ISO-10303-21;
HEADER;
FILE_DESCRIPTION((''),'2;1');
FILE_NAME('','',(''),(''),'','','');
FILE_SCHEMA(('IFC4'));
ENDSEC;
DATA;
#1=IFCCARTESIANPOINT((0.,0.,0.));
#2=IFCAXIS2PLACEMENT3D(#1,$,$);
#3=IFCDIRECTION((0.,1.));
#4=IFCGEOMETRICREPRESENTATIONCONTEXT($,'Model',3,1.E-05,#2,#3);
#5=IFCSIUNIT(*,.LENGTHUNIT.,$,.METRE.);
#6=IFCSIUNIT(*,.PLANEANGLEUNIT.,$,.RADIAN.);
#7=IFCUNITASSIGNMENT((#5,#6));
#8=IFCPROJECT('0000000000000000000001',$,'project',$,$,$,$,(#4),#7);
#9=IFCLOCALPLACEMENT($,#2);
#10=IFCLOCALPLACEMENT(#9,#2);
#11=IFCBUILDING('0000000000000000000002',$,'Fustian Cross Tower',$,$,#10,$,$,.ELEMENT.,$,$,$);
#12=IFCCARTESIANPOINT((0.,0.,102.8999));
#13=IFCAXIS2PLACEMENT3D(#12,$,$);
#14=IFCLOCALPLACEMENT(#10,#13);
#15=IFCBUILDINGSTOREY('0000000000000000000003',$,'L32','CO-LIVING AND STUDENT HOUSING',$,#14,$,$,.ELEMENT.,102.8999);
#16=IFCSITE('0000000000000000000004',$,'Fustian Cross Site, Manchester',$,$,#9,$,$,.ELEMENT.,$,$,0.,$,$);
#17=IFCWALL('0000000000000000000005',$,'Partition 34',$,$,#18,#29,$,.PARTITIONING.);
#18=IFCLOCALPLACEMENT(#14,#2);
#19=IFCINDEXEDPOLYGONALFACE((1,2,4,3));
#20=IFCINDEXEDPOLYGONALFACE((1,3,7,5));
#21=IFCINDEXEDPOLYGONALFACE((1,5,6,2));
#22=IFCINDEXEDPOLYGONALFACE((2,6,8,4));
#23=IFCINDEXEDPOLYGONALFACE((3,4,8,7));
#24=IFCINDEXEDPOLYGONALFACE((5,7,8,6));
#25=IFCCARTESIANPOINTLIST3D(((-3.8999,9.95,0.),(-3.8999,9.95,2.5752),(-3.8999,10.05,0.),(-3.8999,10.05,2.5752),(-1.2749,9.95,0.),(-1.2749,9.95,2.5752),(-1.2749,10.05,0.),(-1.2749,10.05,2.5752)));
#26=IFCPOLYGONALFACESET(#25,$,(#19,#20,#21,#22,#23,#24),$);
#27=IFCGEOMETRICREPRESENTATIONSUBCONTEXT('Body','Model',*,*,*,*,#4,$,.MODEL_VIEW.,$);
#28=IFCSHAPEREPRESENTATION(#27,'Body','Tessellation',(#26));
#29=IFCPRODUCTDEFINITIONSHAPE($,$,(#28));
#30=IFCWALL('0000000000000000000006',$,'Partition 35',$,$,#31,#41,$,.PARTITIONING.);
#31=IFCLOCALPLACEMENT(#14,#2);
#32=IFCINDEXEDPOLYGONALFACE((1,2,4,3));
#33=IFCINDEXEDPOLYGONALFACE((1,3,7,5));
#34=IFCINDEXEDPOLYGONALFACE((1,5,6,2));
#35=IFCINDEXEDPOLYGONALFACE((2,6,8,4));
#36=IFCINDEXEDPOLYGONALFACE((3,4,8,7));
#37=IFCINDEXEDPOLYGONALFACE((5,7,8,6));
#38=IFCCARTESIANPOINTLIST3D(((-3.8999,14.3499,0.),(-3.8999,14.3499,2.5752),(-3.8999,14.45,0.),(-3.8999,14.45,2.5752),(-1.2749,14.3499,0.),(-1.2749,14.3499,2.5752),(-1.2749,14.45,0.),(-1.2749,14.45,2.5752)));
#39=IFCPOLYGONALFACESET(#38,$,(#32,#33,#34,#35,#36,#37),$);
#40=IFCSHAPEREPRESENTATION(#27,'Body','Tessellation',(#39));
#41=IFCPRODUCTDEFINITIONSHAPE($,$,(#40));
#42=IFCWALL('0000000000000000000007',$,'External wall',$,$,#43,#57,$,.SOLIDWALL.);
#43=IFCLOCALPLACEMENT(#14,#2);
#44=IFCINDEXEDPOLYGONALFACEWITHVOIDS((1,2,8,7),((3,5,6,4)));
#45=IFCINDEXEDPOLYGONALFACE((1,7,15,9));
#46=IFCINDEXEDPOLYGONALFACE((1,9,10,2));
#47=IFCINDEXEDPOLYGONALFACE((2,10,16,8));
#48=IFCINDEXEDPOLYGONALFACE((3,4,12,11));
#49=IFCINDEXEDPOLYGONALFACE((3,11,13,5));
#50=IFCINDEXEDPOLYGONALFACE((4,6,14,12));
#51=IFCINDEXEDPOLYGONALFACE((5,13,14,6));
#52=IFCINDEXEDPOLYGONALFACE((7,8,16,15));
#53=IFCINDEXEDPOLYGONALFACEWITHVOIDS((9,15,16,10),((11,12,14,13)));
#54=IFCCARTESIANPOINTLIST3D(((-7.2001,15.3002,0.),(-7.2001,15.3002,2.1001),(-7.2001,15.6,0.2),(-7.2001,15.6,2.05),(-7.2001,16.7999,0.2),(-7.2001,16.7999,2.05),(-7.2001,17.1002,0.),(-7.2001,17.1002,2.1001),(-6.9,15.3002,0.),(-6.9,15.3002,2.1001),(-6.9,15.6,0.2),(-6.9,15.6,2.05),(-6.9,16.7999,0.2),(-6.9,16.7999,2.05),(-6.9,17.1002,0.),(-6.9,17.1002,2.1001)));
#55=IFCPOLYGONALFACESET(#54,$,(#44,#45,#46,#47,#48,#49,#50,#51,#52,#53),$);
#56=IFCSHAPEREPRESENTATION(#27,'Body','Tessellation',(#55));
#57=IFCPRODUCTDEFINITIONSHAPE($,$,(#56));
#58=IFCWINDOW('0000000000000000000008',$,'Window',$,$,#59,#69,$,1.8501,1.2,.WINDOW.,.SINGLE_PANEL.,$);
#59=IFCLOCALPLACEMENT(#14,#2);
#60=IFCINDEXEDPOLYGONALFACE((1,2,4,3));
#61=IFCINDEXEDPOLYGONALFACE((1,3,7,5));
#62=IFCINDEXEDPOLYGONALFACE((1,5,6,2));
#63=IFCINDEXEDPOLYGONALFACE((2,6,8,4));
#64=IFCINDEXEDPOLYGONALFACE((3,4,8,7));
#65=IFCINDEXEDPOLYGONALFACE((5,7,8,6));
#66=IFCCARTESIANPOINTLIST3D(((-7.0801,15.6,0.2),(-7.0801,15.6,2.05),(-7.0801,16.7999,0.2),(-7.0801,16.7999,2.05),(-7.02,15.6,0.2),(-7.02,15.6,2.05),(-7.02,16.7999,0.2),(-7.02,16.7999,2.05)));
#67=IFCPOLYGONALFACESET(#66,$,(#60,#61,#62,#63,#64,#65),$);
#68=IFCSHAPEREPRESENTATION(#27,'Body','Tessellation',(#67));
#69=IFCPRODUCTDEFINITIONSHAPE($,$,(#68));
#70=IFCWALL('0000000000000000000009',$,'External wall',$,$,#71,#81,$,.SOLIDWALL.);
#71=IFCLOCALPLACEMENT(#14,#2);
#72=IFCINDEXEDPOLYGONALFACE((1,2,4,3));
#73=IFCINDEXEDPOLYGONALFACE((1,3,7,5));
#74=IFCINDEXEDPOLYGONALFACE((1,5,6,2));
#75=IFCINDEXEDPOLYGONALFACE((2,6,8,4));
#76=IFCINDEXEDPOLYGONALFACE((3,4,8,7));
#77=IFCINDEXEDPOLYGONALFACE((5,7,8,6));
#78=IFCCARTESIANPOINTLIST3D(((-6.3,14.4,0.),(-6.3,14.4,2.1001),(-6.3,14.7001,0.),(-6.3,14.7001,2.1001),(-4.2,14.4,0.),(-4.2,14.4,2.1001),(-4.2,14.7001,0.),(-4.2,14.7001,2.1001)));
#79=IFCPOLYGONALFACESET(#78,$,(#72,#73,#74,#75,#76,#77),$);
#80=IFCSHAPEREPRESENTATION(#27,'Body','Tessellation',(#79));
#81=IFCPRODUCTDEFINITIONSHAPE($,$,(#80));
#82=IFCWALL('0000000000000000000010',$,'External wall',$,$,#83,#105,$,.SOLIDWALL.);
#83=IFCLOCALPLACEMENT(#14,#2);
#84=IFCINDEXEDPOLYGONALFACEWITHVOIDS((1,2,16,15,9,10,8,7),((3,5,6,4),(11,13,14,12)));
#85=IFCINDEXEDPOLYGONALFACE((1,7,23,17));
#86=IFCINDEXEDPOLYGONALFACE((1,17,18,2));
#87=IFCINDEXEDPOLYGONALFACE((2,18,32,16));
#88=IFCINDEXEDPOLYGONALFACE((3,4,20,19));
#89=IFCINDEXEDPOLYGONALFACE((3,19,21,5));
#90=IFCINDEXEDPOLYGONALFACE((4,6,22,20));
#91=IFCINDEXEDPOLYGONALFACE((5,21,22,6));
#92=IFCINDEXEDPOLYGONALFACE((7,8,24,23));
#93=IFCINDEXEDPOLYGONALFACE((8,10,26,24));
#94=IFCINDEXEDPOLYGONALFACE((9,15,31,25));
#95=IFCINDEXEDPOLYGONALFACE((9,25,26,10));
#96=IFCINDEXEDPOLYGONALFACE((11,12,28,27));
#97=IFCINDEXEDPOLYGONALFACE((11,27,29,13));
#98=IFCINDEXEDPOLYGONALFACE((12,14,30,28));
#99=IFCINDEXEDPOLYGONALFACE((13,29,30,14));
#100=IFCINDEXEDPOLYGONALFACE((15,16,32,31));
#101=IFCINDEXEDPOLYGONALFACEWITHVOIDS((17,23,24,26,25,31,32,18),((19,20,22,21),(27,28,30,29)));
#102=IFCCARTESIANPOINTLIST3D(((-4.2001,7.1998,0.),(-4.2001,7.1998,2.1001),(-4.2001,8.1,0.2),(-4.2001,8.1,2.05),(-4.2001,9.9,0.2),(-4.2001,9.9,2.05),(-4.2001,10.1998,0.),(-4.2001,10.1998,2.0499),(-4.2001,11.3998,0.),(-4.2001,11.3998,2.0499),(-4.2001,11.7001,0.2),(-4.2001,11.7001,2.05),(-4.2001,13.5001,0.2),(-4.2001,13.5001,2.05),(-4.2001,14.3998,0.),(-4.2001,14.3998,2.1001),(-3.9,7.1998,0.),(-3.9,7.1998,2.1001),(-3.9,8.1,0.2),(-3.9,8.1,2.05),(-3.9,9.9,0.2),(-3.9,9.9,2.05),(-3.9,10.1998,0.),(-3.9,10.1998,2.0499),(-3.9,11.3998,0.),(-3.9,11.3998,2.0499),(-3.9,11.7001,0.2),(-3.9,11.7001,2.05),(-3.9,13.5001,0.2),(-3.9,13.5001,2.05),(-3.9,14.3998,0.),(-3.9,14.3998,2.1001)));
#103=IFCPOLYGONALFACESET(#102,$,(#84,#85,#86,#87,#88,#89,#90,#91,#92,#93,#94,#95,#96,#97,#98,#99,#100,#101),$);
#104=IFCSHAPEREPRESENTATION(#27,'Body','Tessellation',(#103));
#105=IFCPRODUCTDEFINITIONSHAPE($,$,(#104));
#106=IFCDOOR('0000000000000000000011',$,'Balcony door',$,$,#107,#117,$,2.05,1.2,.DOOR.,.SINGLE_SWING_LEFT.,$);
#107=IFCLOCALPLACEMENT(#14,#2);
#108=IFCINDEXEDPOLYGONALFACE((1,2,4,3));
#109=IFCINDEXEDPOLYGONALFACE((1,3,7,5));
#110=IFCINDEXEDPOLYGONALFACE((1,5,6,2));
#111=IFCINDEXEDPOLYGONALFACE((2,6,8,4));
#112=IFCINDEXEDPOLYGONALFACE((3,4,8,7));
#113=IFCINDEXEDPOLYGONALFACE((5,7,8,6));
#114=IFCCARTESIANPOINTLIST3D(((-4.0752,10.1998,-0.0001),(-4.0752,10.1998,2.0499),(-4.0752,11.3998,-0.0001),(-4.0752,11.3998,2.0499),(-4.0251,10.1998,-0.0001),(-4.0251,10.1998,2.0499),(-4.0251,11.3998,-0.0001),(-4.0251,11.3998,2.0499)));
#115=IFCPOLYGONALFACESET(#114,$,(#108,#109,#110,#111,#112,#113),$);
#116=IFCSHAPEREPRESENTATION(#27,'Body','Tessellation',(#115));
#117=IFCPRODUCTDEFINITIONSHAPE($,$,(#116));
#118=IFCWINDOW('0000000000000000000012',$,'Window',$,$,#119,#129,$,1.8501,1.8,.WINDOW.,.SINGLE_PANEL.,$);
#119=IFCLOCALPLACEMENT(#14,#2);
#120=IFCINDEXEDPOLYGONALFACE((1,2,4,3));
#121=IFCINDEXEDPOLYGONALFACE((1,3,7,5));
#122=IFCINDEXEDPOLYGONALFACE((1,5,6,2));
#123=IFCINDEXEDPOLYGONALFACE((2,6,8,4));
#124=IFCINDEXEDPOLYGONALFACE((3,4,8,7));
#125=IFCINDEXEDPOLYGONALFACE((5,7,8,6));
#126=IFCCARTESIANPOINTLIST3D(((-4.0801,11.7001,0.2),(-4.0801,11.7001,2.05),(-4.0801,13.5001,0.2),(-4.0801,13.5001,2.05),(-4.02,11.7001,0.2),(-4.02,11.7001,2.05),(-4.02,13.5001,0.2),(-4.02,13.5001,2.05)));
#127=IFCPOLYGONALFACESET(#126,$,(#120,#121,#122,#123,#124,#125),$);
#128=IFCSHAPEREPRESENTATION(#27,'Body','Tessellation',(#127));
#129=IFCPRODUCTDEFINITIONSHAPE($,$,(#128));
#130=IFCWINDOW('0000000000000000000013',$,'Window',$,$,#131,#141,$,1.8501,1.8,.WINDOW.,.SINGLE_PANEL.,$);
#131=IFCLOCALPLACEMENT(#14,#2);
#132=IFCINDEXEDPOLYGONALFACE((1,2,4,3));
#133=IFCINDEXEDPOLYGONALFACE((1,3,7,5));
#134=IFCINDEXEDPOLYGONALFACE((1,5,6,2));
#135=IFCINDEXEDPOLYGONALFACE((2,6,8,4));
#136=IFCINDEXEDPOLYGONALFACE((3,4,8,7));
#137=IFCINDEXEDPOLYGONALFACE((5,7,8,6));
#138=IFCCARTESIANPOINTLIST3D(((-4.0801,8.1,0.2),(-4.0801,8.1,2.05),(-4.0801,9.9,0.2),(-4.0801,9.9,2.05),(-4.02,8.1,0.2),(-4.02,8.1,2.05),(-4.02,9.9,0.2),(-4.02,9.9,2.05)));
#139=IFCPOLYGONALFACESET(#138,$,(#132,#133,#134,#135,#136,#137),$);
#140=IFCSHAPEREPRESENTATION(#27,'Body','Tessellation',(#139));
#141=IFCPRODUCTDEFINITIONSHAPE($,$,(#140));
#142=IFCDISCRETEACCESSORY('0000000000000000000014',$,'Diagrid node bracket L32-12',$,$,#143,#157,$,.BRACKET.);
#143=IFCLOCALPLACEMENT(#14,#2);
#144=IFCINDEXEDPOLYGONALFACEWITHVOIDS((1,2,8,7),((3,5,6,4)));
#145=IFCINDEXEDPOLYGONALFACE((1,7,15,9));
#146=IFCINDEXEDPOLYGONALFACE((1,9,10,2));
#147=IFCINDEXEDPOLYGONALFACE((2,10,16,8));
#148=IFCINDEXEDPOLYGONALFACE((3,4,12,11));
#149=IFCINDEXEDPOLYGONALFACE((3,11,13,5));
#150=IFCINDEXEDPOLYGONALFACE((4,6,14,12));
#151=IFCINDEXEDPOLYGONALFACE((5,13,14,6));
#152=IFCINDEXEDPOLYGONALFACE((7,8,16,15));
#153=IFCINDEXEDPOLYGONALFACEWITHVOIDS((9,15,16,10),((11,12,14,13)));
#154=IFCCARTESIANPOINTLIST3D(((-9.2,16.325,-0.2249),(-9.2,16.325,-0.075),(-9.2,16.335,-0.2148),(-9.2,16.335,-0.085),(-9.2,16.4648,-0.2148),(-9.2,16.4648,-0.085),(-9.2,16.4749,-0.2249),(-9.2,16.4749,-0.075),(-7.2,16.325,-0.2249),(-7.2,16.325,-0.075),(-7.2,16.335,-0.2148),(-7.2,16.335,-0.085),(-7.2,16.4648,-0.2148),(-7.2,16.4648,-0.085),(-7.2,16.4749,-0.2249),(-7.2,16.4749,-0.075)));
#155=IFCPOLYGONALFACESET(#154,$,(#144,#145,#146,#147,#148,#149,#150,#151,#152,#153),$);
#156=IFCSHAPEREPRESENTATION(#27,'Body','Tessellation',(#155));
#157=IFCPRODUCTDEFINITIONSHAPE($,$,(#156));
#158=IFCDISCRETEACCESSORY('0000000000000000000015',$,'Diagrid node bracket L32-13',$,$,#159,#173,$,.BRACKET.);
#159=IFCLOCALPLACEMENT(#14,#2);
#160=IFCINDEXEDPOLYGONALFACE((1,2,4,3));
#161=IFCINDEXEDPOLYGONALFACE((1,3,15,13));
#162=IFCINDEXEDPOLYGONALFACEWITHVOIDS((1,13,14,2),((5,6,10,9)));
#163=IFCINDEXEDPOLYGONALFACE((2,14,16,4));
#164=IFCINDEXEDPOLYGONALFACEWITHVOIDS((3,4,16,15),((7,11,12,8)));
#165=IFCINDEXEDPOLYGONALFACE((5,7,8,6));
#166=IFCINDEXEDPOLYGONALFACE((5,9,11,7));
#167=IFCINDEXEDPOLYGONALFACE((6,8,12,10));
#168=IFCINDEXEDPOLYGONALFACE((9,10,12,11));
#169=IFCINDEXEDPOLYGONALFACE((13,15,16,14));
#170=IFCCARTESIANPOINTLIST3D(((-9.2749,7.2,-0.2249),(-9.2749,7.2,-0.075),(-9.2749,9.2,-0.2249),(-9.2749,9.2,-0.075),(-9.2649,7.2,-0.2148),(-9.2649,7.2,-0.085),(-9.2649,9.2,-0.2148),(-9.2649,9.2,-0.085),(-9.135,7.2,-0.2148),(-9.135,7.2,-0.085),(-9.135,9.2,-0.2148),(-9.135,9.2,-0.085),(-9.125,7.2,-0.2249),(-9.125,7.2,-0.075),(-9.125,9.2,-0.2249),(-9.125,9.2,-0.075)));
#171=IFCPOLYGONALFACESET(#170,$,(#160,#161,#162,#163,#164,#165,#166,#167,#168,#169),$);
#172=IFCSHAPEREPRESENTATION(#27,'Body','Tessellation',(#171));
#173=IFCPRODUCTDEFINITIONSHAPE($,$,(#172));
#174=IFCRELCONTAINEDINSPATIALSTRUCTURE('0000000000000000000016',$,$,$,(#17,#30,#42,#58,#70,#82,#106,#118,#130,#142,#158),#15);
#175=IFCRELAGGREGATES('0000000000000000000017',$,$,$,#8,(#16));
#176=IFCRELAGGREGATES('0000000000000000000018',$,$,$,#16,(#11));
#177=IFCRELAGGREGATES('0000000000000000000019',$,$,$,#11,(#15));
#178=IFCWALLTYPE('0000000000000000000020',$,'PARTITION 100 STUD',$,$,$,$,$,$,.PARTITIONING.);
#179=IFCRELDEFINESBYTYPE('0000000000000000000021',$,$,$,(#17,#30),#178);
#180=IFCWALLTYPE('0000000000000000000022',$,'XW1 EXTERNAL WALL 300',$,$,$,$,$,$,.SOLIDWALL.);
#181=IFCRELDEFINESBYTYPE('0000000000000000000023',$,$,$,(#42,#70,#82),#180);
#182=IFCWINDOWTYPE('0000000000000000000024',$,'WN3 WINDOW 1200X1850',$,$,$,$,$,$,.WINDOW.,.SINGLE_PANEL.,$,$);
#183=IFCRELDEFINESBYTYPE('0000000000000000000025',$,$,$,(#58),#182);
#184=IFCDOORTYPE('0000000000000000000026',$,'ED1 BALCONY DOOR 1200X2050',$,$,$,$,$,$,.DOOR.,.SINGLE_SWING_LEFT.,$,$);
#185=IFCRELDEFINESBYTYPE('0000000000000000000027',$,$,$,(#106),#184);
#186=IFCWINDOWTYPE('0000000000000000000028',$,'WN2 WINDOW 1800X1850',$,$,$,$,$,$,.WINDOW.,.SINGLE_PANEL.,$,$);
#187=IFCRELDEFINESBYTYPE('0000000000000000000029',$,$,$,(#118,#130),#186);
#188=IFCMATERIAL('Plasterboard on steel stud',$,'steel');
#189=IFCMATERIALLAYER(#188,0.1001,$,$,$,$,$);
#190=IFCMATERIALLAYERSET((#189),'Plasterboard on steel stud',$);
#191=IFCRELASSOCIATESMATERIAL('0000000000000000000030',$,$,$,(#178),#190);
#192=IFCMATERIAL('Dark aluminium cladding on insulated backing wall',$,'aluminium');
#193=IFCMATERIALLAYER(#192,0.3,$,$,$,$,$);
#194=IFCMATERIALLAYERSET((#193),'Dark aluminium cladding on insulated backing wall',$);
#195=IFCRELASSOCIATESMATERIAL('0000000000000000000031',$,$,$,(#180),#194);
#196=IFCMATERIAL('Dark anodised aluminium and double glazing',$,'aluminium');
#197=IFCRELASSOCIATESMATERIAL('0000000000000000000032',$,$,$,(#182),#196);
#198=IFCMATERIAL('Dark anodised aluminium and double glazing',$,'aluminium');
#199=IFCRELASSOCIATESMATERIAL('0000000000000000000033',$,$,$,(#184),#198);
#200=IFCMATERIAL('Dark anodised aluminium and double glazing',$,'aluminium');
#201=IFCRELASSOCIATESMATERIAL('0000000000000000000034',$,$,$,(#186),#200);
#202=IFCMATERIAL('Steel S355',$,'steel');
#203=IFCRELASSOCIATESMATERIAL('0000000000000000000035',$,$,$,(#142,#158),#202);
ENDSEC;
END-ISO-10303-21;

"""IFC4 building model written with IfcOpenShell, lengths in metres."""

from ifc_helpers import new_model, si_unit, direction, frame, frame_2d, origin, origin_2d, place, context, subcontext, project, spatial, rectangle, hollow_rectangle, extrude, material, layer, layer_set, type_object, element, fill, save


model = new_model("IFC4")

# Units and contexts
model_context = context("Model", 3, precision=1e-05, world=origin(), true_north=direction((0.0, 1.0)))
body_context = subcontext(model_context, "Body", "Model", "MODEL_VIEW")
ifc_project = project(units=[si_unit("LENGTHUNIT", "METRE"), si_unit("PLANEANGLEUNIT", "RADIAN")], contexts=[model_context])

# Site, building, storey
site_placement = place(None, origin())
site = spatial("IfcSite", under=ifc_project, at=site_placement, Name="Fustian Cross Site, Manchester", CompositionType="ELEMENT", RefElevation=0.0)
building_placement = place(site_placement, origin())
building = spatial("IfcBuilding", under=site, at=building_placement, Name="Fustian Cross Tower", CompositionType="ELEMENT")
storey_placement = place(building_placement, frame((0.0, 0.0, 102.8999)))
storey = spatial("IfcBuildingStorey", under=building, at=storey_placement, Name="L32", Description="CO-LIVING AND STUDENT HOUSING", CompositionType="ELEMENT", Elevation=102.8999)

# Walls
ifc_material_1 = material(Name="Plasterboard on steel stud", Category="steel")
ifc_layer_1 = layer(ifc_material_1, 0.1001)
ifc_layer_set_1 = layer_set([ifc_layer_1], Name="Plasterboard on steel stud")
wall_type_1 = type_object("IfcWallType", Name="PARTITION 100 STUD", PredefinedType="PARTITIONING", material=ifc_layer_set_1)
for number, where, z_axis, x_axis, name in (
    (1, (-3.8999, 10.0, 0.0), (0.0, 0.0, 1.0), (1.0, 0.0, 0.0), "Partition 34"),
    (2, (-3.8999, 14.3999, 0.0), (0.0, 0.0, 1.0), (1.0, 0.0, 0.0), "Partition 35"),
):
    element("IfcWall", number, at=place(storey_placement, frame(where, z_axis=z_axis, x_axis=x_axis)), inside=storey, type_object=wall_type_1, Name=name, PredefinedType="PARTITIONING", context=body_context, shape_type="SweptSolid", body=[
        extrude(rectangle(XDim=2.625, YDim=0.1001, at=frame_2d((1.3125, 0.0))), origin(), (0.0, 0.0, 1.0), 2.5752),
    ])

# Wall, opening, window
ifc_material_2 = material(Name="Dark aluminium cladding on insulated backing wall", Category="aluminium")
ifc_layer_2 = layer(ifc_material_2, 0.3)
ifc_layer_set_2 = layer_set([ifc_layer_2], Name="Dark aluminium cladding on insulated backing wall")
wall_type_2 = type_object("IfcWallType", Name="XW1 EXTERNAL WALL 300", PredefinedType="SOLIDWALL", material=ifc_layer_set_2)
wall_1_placement = place(storey_placement, frame((-7.05, 17.1001, 0.0), z_axis=(0.0, 0.0, 1.0), x_axis=(0.0, -1.0, 0.0)))
wall_1 = element("IfcWall", 3, at=wall_1_placement, inside=storey, type_object=wall_type_2, Name="External wall", PredefinedType="SOLIDWALL", context=body_context, shape_type="SweptSolid", body=[
    extrude(rectangle(XDim=1.8, YDim=0.3, at=frame_2d((0.8999, 0.0))), origin(), (0.0, 0.0, 1.0), 2.1001),
])
opening_1_placement = place(wall_1_placement, frame((0.3, 0.0, 0.2)))
opening_1 = element("IfcOpeningElement", 4, at=opening_1_placement, cuts=wall_1, PredefinedType="OPENING", context=body_context, shape_type="SweptSolid", body=[
    extrude(rectangle(XDim=1.2, YDim=1.8501, at=frame_2d((0.6001, 0.925))), frame((0.0, 0.1599, 0.0), z_axis=(0.0, -1.0, 0.0), x_axis=(1.0, 0.0, 0.0)), (0.0, 0.0, 1.0), 0.3201),
])
ifc_material_3 = material(Name="Dark anodised aluminium and double glazing", Category="aluminium")
window_type_1 = type_object("IfcWindowType", Name="WN3 WINDOW 1200X1850", PartitioningType="SINGLE_PANEL", PredefinedType="WINDOW", material=ifc_material_3)
window_1_placement = place(opening_1_placement, origin())
window_1 = element("IfcWindow", 5, at=window_1_placement, inside=storey, type_object=window_type_1, Name="Window", OverallHeight=1.8501, OverallWidth=1.2, PartitioningType="SINGLE_PANEL", PredefinedType="WINDOW", context=body_context, shape_type="SweptSolid", body=[
    extrude(rectangle(XDim=1.2, YDim=1.8501, at=frame_2d((0.6001, 0.925))), frame((0.0, 0.03, 0.0), z_axis=(0.0, -1.0, 0.0), x_axis=(1.0, 0.0, 0.0)), (0.0, 0.0, 1.0), 0.0601),
])
fill(opening_1, window_1)

# Wall
wall_2_placement = place(storey_placement, frame((-6.3, 14.55, 0.0), z_axis=(0.0, 0.0, 1.0), x_axis=(1.0, 0.0, 0.0)))
element("IfcWall", 6, at=wall_2_placement, inside=storey, type_object=wall_type_2, Name="External wall", PredefinedType="SOLIDWALL", context=body_context, shape_type="SweptSolid", body=[
    extrude(rectangle(XDim=2.1001, YDim=0.3, at=frame_2d((1.05, 0.0))), origin(), (0.0, 0.0, 1.0), 2.1001),
])

# Wall, openings, door, windows
wall_3_placement = place(storey_placement, frame((-4.05, 14.3999, 0.0), z_axis=(0.0, 0.0, 1.0), x_axis=(0.0, -1.0, 0.0)))
wall_3 = element("IfcWall", 7, at=wall_3_placement, inside=storey, type_object=wall_type_2, Name="External wall", PredefinedType="SOLIDWALL", context=body_context, shape_type="SweptSolid", body=[
    extrude(rectangle(XDim=7.2, YDim=0.3, at=frame_2d((3.6001, 0.0))), origin(), (0.0, 0.0, 1.0), 2.1001),
])
opening_2_placement = place(wall_3_placement, frame((3.0, 0.0, 0.0)))
opening_2 = element("IfcOpeningElement", 8, at=opening_2_placement, cuts=wall_3, PredefinedType="OPENING", context=body_context, shape_type="SweptSolid", body=[
    extrude(rectangle(XDim=1.2, YDim=2.05, at=frame_2d((0.6001, 1.0249))), frame((0.0, 0.1599, 0.0), z_axis=(0.0, -1.0, 0.0), x_axis=(1.0, 0.0, 0.0)), (0.0, 0.0, 1.0), 0.3201),
])
opening_3_placement = place(wall_3_placement, frame((0.8999, 0.0, 0.2)))
opening_3 = element("IfcOpeningElement", 9, at=opening_3_placement, cuts=wall_3, PredefinedType="OPENING", context=body_context, shape_type="SweptSolid", body=[
    extrude(rectangle(XDim=1.8, YDim=1.8501, at=frame_2d((0.8999, 0.925))), frame((0.0, 0.1599, 0.0), z_axis=(0.0, -1.0, 0.0), x_axis=(1.0, 0.0, 0.0)), (0.0, 0.0, 1.0), 0.3201),
])
opening_4_placement = place(wall_3_placement, frame((4.5, 0.0, 0.2)))
opening_4 = element("IfcOpeningElement", 10, at=opening_4_placement, cuts=wall_3, PredefinedType="OPENING", context=body_context, shape_type="SweptSolid", body=[
    extrude(rectangle(XDim=1.8, YDim=1.8501, at=frame_2d((0.8999, 0.925))), frame((0.0, 0.1599, 0.0), z_axis=(0.0, -1.0, 0.0), x_axis=(1.0, 0.0, 0.0)), (0.0, 0.0, 1.0), 0.3201),
])
ifc_material_4 = material(Name="Dark anodised aluminium and double glazing", Category="aluminium")
door_type = type_object("IfcDoorType", Name="ED1 BALCONY DOOR 1200X2050", OperationType="SINGLE_SWING_LEFT", PredefinedType="DOOR", material=ifc_material_4)
door_placement = place(opening_2_placement, origin())
door = element("IfcDoor", 11, at=door_placement, inside=storey, type_object=door_type, Name="Balcony door", OperationType="SINGLE_SWING_LEFT", OverallHeight=2.05, OverallWidth=1.2, PredefinedType="DOOR", context=body_context, shape_type="SweptSolid", body=[
    extrude(rectangle(XDim=1.2, YDim=2.05, at=frame_2d((0.6001, 1.0249))), frame((0.0, 0.0249, 0.0), z_axis=(0.0, -1.0, 0.0), x_axis=(1.0, 0.0, 0.0)), (0.0, 0.0, 1.0), 0.05),
])
fill(opening_2, door)
ifc_material_5 = material(Name="Dark anodised aluminium and double glazing", Category="aluminium")
window_type_2 = type_object("IfcWindowType", Name="WN2 WINDOW 1800X1850", PartitioningType="SINGLE_PANEL", PredefinedType="WINDOW", material=ifc_material_5)
window_2_placement = place(opening_3_placement, origin())
window_2 = element("IfcWindow", 12, at=window_2_placement, inside=storey, type_object=window_type_2, Name="Window", OverallHeight=1.8501, OverallWidth=1.8, PartitioningType="SINGLE_PANEL", PredefinedType="WINDOW", context=body_context, shape_type="SweptSolid", body=[
    extrude(rectangle(XDim=1.8, YDim=1.8501, at=frame_2d((0.8999, 0.925))), frame((0.0, 0.03, 0.0), z_axis=(0.0, -1.0, 0.0), x_axis=(1.0, 0.0, 0.0)), (0.0, 0.0, 1.0), 0.0601),
])
fill(opening_3, window_2)
window_3_placement = place(opening_4_placement, origin())
window_3 = element("IfcWindow", 13, at=window_3_placement, inside=storey, type_object=window_type_2, Name="Window", OverallHeight=1.8501, OverallWidth=1.8, PartitioningType="SINGLE_PANEL", PredefinedType="WINDOW", context=body_context, shape_type="SweptSolid", body=[
    extrude(rectangle(XDim=1.8, YDim=1.8501, at=frame_2d((0.8999, 0.925))), frame((0.0, 0.03, 0.0), z_axis=(0.0, -1.0, 0.0), x_axis=(1.0, 0.0, 0.0)), (0.0, 0.0, 1.0), 0.0601),
])
fill(opening_4, window_3)

# Discrete accessories
ifc_material_6 = material(Name="Steel S355", Category="steel")
for number, where, z_axis, x_axis, name in (
    (14, (-9.2, 16.3999, -0.1499), (1.0, 0.0, 0.0), (0.0, 1.0, 0.0), "Diagrid node bracket L32-12"),
    (15, (-9.2, 9.2, -0.1499), (0.0, -1.0, 0.0), (1.0, 0.0, 0.0), "Diagrid node bracket L32-13"),
):
    element("IfcDiscreteAccessory", number, at=place(storey_placement, frame(where, z_axis=z_axis, x_axis=x_axis)), inside=storey, material=ifc_material_6, Name=name, PredefinedType="BRACKET", context=body_context, shape_type="SweptSolid", body=[
        extrude(hollow_rectangle(XDim=0.1499, YDim=0.1499, WallThickness=0.01, at=origin_2d()), origin(), (0.0, 0.0, 1.0), 2.0),
    ])

save(model, "model.ifc")
